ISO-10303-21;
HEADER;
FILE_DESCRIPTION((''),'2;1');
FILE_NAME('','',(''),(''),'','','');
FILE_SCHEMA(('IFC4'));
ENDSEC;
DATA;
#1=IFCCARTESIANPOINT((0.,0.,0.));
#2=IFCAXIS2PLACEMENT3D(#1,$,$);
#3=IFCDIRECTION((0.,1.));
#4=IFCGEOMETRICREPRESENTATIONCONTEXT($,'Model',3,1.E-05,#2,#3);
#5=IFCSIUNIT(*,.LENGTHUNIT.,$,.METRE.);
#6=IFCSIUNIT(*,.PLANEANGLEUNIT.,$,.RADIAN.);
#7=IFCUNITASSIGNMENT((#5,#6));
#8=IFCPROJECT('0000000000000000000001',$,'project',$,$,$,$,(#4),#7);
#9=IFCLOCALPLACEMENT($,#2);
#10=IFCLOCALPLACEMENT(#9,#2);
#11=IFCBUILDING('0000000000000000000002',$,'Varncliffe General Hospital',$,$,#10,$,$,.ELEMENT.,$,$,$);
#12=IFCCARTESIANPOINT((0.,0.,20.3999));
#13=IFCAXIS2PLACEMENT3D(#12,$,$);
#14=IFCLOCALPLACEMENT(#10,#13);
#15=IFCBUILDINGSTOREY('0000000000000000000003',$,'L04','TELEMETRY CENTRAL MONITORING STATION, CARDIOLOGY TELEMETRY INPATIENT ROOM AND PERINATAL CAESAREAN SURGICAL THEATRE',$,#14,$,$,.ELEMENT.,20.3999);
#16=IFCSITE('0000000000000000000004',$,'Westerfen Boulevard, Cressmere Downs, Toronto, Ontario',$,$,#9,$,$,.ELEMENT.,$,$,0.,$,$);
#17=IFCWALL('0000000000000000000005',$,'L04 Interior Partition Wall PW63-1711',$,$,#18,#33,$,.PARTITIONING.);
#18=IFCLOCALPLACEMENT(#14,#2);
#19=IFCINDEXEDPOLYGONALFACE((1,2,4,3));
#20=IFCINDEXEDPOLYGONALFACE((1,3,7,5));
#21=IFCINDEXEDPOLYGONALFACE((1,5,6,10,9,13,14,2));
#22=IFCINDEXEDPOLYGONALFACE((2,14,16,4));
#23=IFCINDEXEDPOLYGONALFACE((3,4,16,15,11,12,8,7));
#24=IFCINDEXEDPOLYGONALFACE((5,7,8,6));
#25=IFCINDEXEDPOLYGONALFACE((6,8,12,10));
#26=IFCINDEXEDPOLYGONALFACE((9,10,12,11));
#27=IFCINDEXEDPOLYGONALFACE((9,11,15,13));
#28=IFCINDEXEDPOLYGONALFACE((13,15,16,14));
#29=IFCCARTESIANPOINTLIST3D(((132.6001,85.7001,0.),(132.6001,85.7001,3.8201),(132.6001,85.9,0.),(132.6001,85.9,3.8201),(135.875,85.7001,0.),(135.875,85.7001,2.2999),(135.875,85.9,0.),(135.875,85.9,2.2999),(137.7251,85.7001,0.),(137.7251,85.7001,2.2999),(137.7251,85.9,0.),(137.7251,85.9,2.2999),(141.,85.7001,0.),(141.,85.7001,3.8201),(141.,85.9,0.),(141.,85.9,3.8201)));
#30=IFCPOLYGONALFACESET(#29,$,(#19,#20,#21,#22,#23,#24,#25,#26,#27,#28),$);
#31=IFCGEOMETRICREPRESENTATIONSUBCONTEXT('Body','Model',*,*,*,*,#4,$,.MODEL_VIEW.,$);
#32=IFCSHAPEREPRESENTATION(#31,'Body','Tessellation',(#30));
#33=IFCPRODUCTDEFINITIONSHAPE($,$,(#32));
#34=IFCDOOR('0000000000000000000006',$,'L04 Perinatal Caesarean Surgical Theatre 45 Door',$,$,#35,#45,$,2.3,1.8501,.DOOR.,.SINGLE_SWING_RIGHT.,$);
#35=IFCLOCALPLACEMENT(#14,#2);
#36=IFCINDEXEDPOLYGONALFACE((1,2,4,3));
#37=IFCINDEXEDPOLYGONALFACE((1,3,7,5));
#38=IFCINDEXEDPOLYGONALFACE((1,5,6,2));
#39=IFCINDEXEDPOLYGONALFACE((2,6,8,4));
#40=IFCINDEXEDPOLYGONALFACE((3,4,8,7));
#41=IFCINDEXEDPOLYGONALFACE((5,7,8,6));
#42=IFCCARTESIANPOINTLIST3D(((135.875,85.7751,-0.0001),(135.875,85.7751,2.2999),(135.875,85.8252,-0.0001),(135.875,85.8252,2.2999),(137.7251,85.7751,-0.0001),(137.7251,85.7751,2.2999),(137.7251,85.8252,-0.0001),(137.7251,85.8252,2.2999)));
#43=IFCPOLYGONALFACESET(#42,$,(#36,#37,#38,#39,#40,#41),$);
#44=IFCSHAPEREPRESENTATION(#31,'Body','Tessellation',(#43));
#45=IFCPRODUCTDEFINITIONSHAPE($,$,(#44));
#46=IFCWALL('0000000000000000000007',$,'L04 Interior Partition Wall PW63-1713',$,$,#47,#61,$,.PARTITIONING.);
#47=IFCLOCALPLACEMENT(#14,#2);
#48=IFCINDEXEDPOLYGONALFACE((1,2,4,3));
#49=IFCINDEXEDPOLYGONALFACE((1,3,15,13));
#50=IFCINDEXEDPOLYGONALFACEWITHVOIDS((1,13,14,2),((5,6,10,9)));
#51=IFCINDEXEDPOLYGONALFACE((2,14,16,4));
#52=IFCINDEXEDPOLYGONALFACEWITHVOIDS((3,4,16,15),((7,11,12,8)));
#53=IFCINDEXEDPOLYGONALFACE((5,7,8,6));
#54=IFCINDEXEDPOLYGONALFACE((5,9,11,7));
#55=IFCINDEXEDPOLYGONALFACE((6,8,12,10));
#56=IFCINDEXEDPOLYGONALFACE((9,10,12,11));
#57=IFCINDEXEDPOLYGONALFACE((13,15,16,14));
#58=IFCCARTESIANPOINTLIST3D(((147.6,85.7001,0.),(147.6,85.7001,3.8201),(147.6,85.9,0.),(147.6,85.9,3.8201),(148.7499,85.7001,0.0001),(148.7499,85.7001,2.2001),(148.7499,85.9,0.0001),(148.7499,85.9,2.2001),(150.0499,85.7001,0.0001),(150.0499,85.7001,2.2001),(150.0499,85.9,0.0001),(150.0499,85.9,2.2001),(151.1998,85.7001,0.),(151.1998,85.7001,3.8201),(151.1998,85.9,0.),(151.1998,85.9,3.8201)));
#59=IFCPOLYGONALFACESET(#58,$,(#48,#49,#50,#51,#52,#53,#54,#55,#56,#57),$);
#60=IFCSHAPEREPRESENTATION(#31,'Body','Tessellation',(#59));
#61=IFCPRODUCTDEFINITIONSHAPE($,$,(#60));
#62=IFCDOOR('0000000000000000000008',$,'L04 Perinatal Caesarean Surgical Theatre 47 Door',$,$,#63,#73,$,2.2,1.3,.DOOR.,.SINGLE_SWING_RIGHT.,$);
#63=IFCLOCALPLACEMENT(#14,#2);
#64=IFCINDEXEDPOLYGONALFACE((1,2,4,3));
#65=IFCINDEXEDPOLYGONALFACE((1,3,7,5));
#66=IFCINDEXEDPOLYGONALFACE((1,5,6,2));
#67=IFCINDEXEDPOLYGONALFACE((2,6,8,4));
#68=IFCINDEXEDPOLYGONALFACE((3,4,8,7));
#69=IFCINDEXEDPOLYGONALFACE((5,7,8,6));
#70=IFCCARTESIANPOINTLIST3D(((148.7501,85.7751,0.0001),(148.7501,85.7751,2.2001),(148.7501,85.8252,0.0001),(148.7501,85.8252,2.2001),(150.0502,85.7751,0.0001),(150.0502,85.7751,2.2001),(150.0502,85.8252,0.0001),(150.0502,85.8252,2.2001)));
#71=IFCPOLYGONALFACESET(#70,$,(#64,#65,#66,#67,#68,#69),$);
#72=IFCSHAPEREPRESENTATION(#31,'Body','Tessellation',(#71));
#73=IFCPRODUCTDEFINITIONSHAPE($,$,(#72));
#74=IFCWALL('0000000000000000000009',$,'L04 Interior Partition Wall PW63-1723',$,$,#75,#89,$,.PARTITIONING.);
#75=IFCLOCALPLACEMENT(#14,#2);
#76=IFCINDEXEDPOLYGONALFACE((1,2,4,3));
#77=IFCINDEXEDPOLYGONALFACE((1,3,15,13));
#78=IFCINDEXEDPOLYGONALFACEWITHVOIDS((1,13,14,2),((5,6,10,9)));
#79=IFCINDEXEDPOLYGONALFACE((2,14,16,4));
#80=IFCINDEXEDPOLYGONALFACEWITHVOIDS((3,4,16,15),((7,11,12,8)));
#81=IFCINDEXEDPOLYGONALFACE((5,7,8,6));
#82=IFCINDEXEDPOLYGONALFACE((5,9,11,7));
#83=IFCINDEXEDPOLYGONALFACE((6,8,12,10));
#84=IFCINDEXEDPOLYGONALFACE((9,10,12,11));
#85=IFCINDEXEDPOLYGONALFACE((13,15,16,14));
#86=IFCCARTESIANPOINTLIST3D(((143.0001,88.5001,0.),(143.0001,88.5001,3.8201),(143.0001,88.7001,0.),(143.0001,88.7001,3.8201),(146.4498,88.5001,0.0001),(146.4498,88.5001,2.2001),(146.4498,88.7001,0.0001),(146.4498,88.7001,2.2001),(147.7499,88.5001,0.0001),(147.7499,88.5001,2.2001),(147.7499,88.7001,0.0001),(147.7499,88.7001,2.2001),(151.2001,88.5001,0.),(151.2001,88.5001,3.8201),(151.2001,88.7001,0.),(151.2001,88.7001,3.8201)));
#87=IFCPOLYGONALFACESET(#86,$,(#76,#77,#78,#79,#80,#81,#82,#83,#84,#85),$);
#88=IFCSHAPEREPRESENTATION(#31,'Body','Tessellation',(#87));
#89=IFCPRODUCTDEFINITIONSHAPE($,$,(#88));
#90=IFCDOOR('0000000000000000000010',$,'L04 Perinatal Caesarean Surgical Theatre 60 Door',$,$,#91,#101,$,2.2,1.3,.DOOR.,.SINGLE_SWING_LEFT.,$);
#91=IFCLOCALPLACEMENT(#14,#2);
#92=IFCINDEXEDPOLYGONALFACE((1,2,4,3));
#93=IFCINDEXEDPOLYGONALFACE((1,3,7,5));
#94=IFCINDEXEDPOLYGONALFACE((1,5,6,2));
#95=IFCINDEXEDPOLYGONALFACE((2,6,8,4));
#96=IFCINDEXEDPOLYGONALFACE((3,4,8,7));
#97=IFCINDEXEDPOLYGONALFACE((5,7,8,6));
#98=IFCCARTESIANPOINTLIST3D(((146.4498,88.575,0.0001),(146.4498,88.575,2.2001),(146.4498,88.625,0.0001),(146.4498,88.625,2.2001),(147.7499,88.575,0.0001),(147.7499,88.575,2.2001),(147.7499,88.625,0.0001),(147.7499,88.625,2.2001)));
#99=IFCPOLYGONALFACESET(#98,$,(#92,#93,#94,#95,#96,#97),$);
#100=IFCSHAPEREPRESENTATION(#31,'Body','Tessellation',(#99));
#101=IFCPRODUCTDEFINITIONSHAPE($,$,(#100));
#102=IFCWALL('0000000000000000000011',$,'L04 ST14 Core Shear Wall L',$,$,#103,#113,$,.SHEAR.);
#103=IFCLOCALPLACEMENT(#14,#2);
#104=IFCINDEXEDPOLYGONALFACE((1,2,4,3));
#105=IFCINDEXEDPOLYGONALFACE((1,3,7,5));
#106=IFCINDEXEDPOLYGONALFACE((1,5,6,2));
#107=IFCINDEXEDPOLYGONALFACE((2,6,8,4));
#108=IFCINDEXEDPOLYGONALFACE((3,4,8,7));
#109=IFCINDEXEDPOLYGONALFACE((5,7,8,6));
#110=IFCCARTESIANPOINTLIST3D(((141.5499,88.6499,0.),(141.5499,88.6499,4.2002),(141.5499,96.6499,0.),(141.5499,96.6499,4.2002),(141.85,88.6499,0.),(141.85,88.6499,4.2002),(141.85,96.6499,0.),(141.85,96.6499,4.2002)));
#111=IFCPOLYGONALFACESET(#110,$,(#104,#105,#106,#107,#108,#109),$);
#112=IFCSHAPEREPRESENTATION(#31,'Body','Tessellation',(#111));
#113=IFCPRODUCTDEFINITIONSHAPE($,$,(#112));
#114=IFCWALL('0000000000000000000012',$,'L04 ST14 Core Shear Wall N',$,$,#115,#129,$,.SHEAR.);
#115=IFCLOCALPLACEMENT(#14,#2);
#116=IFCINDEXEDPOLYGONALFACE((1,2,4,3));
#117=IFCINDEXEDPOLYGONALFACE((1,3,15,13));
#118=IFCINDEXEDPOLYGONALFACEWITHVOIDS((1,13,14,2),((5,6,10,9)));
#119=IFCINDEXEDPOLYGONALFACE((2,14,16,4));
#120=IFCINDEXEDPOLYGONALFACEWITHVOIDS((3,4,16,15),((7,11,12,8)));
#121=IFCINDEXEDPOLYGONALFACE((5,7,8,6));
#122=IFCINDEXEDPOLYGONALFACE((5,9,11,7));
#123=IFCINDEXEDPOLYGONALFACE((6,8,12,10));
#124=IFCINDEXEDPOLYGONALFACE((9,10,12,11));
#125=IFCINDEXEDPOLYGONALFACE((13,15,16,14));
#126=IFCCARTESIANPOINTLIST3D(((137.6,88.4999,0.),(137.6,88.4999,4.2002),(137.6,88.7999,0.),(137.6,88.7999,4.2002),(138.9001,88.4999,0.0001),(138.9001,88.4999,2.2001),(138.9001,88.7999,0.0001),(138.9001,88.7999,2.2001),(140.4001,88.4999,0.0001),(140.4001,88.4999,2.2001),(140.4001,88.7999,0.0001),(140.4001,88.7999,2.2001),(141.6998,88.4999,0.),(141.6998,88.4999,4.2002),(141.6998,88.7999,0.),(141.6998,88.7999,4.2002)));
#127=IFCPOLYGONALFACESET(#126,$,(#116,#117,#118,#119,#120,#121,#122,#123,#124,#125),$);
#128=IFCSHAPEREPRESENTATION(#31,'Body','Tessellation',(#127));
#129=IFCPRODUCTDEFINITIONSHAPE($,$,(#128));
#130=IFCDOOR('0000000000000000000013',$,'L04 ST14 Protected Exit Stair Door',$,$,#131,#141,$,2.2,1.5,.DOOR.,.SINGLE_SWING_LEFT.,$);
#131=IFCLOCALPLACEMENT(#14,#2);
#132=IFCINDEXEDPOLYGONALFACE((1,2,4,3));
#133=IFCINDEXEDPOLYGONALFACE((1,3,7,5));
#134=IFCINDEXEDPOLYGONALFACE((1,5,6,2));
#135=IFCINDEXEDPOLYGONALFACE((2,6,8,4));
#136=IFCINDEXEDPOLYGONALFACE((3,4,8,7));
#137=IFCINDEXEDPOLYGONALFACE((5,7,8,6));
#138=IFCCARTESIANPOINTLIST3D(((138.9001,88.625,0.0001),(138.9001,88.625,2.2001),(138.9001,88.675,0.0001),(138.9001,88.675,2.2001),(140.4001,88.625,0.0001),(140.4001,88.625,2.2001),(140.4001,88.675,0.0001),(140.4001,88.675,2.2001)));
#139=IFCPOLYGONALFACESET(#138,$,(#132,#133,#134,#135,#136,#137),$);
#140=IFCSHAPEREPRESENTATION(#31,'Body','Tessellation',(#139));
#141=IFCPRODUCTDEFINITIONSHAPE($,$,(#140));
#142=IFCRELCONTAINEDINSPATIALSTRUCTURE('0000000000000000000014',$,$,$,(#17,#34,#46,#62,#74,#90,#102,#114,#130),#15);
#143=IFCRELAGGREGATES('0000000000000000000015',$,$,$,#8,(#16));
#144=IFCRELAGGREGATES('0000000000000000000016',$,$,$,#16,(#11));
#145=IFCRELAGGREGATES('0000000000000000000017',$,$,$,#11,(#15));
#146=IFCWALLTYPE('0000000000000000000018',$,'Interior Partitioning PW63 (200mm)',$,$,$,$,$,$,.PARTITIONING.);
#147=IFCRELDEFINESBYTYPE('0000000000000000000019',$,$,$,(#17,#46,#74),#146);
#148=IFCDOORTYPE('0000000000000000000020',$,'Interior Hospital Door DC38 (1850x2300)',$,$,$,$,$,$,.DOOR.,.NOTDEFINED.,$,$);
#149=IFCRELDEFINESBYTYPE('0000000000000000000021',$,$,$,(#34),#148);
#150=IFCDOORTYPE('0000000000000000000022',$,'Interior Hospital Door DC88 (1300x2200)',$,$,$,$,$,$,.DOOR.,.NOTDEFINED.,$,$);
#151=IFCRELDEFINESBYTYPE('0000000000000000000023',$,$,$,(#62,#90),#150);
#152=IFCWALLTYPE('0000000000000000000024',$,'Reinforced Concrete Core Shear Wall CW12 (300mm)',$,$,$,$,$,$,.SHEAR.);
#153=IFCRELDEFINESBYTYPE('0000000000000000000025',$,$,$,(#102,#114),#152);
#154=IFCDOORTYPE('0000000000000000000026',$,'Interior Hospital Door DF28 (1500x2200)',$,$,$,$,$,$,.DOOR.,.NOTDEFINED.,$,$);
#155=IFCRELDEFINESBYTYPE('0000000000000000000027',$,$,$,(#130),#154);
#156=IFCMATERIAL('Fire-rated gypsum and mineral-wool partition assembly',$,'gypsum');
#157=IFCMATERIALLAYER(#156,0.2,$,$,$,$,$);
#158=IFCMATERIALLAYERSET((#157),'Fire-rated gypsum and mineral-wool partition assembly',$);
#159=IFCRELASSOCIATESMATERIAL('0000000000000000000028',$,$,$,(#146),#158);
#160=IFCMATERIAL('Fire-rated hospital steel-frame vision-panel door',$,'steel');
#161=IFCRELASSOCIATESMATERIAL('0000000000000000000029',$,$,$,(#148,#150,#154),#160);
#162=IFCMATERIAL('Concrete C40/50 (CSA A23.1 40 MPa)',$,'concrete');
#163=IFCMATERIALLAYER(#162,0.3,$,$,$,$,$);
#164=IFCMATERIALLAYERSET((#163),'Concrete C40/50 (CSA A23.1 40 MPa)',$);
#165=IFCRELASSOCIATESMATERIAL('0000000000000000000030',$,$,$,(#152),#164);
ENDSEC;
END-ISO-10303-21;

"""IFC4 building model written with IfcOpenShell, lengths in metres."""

from ifc_helpers import new_model, si_unit, direction, frame, frame_2d, origin, place, context, subcontext, project, spatial, rectangle, extrude, material, layer, layer_set, type_object, element, fill, save


model = new_model("IFC4")

# Units and contexts
model_context = context("Model", 3, precision=1e-05, world=origin(), true_north=direction((0.0, 1.0)))
body_context = subcontext(model_context, "Body", "Model", "MODEL_VIEW")
ifc_project = project(units=[si_unit("LENGTHUNIT", "METRE"), si_unit("PLANEANGLEUNIT", "RADIAN")], contexts=[model_context])

# Site, building, storey
site_placement = place(None, origin())
site = spatial("IfcSite", under=ifc_project, at=site_placement, Name="Westerfen Boulevard, Cressmere Downs, Toronto, Ontario", CompositionType="ELEMENT", RefElevation=0.0)
building_placement = place(site_placement, origin())
building = spatial("IfcBuilding", under=site, at=building_placement, Name="Varncliffe General Hospital", CompositionType="ELEMENT")
storey_placement = place(building_placement, frame((0.0, 0.0, 20.3999)))
storey = spatial("IfcBuildingStorey", under=building, at=storey_placement, Name="L04", Description="TELEMETRY CENTRAL MONITORING STATION, CARDIOLOGY TELEMETRY INPATIENT ROOM AND PERINATAL CAESAREAN SURGICAL THEATRE", CompositionType="ELEMENT", Elevation=20.3999)

# Shared definitions
ifc_material_1 = material(Name="Concrete C40/50 (CSA A23.1 40 MPa)", Category="concrete")

# Walls, openings, doors
ifc_material_2 = material(Name="Fire-rated gypsum and mineral-wool partition assembly", Category="gypsum")
ifc_layer_1 = layer(ifc_material_2, 0.2)
ifc_layer_set_1 = layer_set([ifc_layer_1], Name="Fire-rated gypsum and mineral-wool partition assembly")
wall_type_1 = type_object("IfcWallType", Name="Interior Partitioning PW63 (200mm)", PredefinedType="PARTITIONING", material=ifc_layer_set_1)
wall_1_placement = place(storey_placement, frame((132.6001, 85.8, 0.0), z_axis=(0.0, 0.0, 1.0), x_axis=(1.0, 0.0, 0.0)))
wall_1 = element("IfcWall", 1, at=wall_1_placement, inside=storey, type_object=wall_type_1, Name="L04 Interior Partition Wall PW63-1711", PredefinedType="PARTITIONING", context=body_context, shape_type="SweptSolid", body=[
    extrude(rectangle(XDim=8.3999, YDim=0.2, at=frame_2d((4.2, 0.0))), origin(), (0.0, 0.0, 1.0), 3.8201),
])
opening_1_placement = place(wall_1_placement, frame((3.2749, 0.0, 0.0)))
opening_1 = element("IfcOpeningElement", 2, at=opening_1_placement, cuts=wall_1, PredefinedType="OPENING", context=body_context, shape_type="SweptSolid", body=[
    extrude(rectangle(XDim=1.8501, YDim=2.3, at=frame_2d((0.925, 1.1499))), frame((0.0, 0.1099, 0.0), z_axis=(0.0, -1.0, 0.0), x_axis=(1.0, 0.0, 0.0)), (0.0, 0.0, 1.0), 0.22),
])
ifc_material_3 = material(Name="Fire-rated hospital steel-frame vision-panel door", Category="steel")
door_type_1 = type_object("IfcDoorType", Name="Interior Hospital Door DC38 (1850x2300)", OperationType="NOTDEFINED", PredefinedType="DOOR", material=ifc_material_3)
door_1_placement = place(opening_1_placement, frame((1.8501, 0.0, 0.0), z_axis=(0.0, 0.0, 1.0), x_axis=(-1.0, 0.0, 0.0)))
door_1 = element("IfcDoor", 3, at=door_1_placement, inside=storey, type_object=door_type_1, Name="L04 Perinatal Caesarean Surgical Theatre 45 Door", OperationType="SINGLE_SWING_RIGHT", OverallHeight=2.3, OverallWidth=1.8501, PredefinedType="DOOR", context=body_context, shape_type="SweptSolid", body=[
    extrude(rectangle(XDim=1.8501, YDim=2.3, at=frame_2d((0.925, 1.1499))), frame((0.0, 0.0249, 0.0), z_axis=(0.0, -1.0, 0.0), x_axis=(1.0, 0.0, 0.0)), (0.0, 0.0, 1.0), 0.05),
])
fill(opening_1, door_1)
wall_2_placement = place(storey_placement, frame((147.6001, 85.8, 0.0), z_axis=(0.0, 0.0, 1.0), x_axis=(1.0, 0.0, 0.0)))
wall_2 = element("IfcWall", 4, at=wall_2_placement, inside=storey, type_object=wall_type_1, Name="L04 Interior Partition Wall PW63-1713", PredefinedType="PARTITIONING", context=body_context, shape_type="SweptSolid", body=[
    extrude(rectangle(XDim=3.5999, YDim=0.2, at=frame_2d((1.7998, 0.0))), origin(), (0.0, 0.0, 1.0), 3.8201),
])
opening_2_placement = place(wall_2_placement, frame((1.1499, 0.0, 0.0)))
opening_2 = element("IfcOpeningElement", 5, at=opening_2_placement, cuts=wall_2, PredefinedType="OPENING", context=body_context, shape_type="SweptSolid", body=[
    extrude(rectangle(XDim=1.3, YDim=2.2, at=frame_2d((0.6499, 1.1001))), frame((0.0, 0.1099, 0.0), z_axis=(0.0, -1.0, 0.0), x_axis=(1.0, 0.0, 0.0)), (0.0, 0.0, 1.0), 0.22),
])
door_type_2 = type_object("IfcDoorType", Name="Interior Hospital Door DC88 (1300x2200)", OperationType="NOTDEFINED", PredefinedType="DOOR", material=ifc_material_3)
door_2_placement = place(opening_2_placement, frame((1.3, 0.0, 0.0), z_axis=(0.0, 0.0, 1.0), x_axis=(-1.0, 0.0, 0.0)))
door_2 = element("IfcDoor", 6, at=door_2_placement, inside=storey, type_object=door_type_2, Name="L04 Perinatal Caesarean Surgical Theatre 47 Door", OperationType="SINGLE_SWING_RIGHT", OverallHeight=2.2, OverallWidth=1.3, PredefinedType="DOOR", context=body_context, shape_type="SweptSolid", body=[
    extrude(rectangle(XDim=1.3, YDim=2.2, at=frame_2d((0.6499, 1.1001))), frame((0.0, 0.0249, 0.0), z_axis=(0.0, -1.0, 0.0), x_axis=(1.0, 0.0, 0.0)), (0.0, 0.0, 1.0), 0.05),
])
fill(opening_2, door_2)
wall_3_placement = place(storey_placement, frame((143.0, 88.6001, 0.0), z_axis=(0.0, 0.0, 1.0), x_axis=(1.0, 0.0, 0.0)))
wall_3 = element("IfcWall", 7, at=wall_3_placement, inside=storey, type_object=wall_type_1, Name="L04 Interior Partition Wall PW63-1723", PredefinedType="PARTITIONING", context=body_context, shape_type="SweptSolid", body=[
    extrude(rectangle(XDim=8.2, YDim=0.2, at=frame_2d((4.1001, 0.0))), origin(), (0.0, 0.0, 1.0), 3.8201),
])
opening_3_placement = place(wall_3_placement, frame((3.45, 0.0, 0.0)))
opening_3 = element("IfcOpeningElement", 8, at=opening_3_placement, cuts=wall_3, PredefinedType="OPENING", context=body_context, shape_type="SweptSolid", body=[
    extrude(rectangle(XDim=1.3, YDim=2.2, at=frame_2d((0.6499, 1.1001))), frame((0.0, 0.1099, 0.0), z_axis=(0.0, -1.0, 0.0), x_axis=(1.0, 0.0, 0.0)), (0.0, 0.0, 1.0), 0.22),
])
door_3_placement = place(opening_3_placement, origin())
door_3 = element("IfcDoor", 9, at=door_3_placement, inside=storey, type_object=door_type_2, Name="L04 Perinatal Caesarean Surgical Theatre 60 Door", OperationType="SINGLE_SWING_LEFT", OverallHeight=2.2, OverallWidth=1.3, PredefinedType="DOOR", context=body_context, shape_type="SweptSolid", body=[
    extrude(rectangle(XDim=1.3, YDim=2.2, at=frame_2d((0.6499, 1.1001))), frame((0.0, 0.0249, 0.0), z_axis=(0.0, -1.0, 0.0), x_axis=(1.0, 0.0, 0.0)), (0.0, 0.0, 1.0), 0.05),
])
fill(opening_3, door_3)

# Wall
ifc_layer_2 = layer(ifc_material_1, 0.3)
ifc_layer_set_2 = layer_set([ifc_layer_2], Name="Concrete C40/50 (CSA A23.1 40 MPa)")
wall_type_2 = type_object("IfcWallType", Name="Reinforced Concrete Core Shear Wall CW12 (300mm)", PredefinedType="SHEAR", material=ifc_layer_set_2)
wall_4_placement = place(storey_placement, frame((141.7, 88.6499, 0.0), z_axis=(0.0, 0.0, 1.0), x_axis=(0.0, 1.0, 0.0)))
element("IfcWall", 10, at=wall_4_placement, inside=storey, type_object=wall_type_2, Name="L04 ST14 Core Shear Wall L", PredefinedType="SHEAR", context=body_context, shape_type="SweptSolid", body=[
    extrude(rectangle(XDim=8.0, YDim=0.3, at=frame_2d((4.0, 0.0))), origin(), (0.0, 0.0, 1.0), 4.2002),
])

# Wall, opening, door
wall_5_placement = place(storey_placement, frame((137.6001, 88.6499, 0.0), z_axis=(0.0, 0.0, 1.0), x_axis=(1.0, 0.0, 0.0)))
wall_5 = element("IfcWall", 11, at=wall_5_placement, inside=storey, type_object=wall_type_2, Name="L04 ST14 Core Shear Wall N", PredefinedType="SHEAR", context=body_context, shape_type="SweptSolid", body=[
    extrude(rectangle(XDim=4.0999, YDim=0.3, at=frame_2d((2.0498, 0.0))), origin(), (0.0, 0.0, 1.0), 4.2002),
])
opening_4_placement = place(wall_5_placement, frame((1.3, 0.0, 0.0)))
opening_4 = element("IfcOpeningElement", 12, at=opening_4_placement, cuts=wall_5, PredefinedType="OPENING", context=body_context, shape_type="SweptSolid", body=[
    extrude(rectangle(XDim=1.5, YDim=2.2, at=frame_2d((0.75, 1.1001))), frame((0.0, 0.1602, 0.0), z_axis=(0.0, -1.0, 0.0), x_axis=(1.0, 0.0, 0.0)), (0.0, 0.0, 1.0), 0.3201),
])
door_type_3 = type_object("IfcDoorType", Name="Interior Hospital Door DF28 (1500x2200)", OperationType="NOTDEFINED", PredefinedType="DOOR", material=ifc_material_3)
door_4_placement = place(opening_4_placement, frame((1.5, 0.0, 0.0), z_axis=(0.0, 0.0, 1.0), x_axis=(-1.0, 0.0, 0.0)))
door_4 = element("IfcDoor", 13, at=door_4_placement, inside=storey, type_object=door_type_3, Name="L04 ST14 Protected Exit Stair Door", OperationType="SINGLE_SWING_LEFT", OverallHeight=2.2, OverallWidth=1.5, PredefinedType="DOOR", context=body_context, shape_type="SweptSolid", body=[
    extrude(rectangle(XDim=1.5, YDim=2.2, at=frame_2d((0.75, 1.1001))), frame((0.0, 0.0249, 0.0), z_axis=(0.0, -1.0, 0.0), x_axis=(1.0, 0.0, 0.0)), (0.0, 0.0, 1.0), 0.05),
])
fill(opening_4, door_4)

save(model, "model.ifc")
